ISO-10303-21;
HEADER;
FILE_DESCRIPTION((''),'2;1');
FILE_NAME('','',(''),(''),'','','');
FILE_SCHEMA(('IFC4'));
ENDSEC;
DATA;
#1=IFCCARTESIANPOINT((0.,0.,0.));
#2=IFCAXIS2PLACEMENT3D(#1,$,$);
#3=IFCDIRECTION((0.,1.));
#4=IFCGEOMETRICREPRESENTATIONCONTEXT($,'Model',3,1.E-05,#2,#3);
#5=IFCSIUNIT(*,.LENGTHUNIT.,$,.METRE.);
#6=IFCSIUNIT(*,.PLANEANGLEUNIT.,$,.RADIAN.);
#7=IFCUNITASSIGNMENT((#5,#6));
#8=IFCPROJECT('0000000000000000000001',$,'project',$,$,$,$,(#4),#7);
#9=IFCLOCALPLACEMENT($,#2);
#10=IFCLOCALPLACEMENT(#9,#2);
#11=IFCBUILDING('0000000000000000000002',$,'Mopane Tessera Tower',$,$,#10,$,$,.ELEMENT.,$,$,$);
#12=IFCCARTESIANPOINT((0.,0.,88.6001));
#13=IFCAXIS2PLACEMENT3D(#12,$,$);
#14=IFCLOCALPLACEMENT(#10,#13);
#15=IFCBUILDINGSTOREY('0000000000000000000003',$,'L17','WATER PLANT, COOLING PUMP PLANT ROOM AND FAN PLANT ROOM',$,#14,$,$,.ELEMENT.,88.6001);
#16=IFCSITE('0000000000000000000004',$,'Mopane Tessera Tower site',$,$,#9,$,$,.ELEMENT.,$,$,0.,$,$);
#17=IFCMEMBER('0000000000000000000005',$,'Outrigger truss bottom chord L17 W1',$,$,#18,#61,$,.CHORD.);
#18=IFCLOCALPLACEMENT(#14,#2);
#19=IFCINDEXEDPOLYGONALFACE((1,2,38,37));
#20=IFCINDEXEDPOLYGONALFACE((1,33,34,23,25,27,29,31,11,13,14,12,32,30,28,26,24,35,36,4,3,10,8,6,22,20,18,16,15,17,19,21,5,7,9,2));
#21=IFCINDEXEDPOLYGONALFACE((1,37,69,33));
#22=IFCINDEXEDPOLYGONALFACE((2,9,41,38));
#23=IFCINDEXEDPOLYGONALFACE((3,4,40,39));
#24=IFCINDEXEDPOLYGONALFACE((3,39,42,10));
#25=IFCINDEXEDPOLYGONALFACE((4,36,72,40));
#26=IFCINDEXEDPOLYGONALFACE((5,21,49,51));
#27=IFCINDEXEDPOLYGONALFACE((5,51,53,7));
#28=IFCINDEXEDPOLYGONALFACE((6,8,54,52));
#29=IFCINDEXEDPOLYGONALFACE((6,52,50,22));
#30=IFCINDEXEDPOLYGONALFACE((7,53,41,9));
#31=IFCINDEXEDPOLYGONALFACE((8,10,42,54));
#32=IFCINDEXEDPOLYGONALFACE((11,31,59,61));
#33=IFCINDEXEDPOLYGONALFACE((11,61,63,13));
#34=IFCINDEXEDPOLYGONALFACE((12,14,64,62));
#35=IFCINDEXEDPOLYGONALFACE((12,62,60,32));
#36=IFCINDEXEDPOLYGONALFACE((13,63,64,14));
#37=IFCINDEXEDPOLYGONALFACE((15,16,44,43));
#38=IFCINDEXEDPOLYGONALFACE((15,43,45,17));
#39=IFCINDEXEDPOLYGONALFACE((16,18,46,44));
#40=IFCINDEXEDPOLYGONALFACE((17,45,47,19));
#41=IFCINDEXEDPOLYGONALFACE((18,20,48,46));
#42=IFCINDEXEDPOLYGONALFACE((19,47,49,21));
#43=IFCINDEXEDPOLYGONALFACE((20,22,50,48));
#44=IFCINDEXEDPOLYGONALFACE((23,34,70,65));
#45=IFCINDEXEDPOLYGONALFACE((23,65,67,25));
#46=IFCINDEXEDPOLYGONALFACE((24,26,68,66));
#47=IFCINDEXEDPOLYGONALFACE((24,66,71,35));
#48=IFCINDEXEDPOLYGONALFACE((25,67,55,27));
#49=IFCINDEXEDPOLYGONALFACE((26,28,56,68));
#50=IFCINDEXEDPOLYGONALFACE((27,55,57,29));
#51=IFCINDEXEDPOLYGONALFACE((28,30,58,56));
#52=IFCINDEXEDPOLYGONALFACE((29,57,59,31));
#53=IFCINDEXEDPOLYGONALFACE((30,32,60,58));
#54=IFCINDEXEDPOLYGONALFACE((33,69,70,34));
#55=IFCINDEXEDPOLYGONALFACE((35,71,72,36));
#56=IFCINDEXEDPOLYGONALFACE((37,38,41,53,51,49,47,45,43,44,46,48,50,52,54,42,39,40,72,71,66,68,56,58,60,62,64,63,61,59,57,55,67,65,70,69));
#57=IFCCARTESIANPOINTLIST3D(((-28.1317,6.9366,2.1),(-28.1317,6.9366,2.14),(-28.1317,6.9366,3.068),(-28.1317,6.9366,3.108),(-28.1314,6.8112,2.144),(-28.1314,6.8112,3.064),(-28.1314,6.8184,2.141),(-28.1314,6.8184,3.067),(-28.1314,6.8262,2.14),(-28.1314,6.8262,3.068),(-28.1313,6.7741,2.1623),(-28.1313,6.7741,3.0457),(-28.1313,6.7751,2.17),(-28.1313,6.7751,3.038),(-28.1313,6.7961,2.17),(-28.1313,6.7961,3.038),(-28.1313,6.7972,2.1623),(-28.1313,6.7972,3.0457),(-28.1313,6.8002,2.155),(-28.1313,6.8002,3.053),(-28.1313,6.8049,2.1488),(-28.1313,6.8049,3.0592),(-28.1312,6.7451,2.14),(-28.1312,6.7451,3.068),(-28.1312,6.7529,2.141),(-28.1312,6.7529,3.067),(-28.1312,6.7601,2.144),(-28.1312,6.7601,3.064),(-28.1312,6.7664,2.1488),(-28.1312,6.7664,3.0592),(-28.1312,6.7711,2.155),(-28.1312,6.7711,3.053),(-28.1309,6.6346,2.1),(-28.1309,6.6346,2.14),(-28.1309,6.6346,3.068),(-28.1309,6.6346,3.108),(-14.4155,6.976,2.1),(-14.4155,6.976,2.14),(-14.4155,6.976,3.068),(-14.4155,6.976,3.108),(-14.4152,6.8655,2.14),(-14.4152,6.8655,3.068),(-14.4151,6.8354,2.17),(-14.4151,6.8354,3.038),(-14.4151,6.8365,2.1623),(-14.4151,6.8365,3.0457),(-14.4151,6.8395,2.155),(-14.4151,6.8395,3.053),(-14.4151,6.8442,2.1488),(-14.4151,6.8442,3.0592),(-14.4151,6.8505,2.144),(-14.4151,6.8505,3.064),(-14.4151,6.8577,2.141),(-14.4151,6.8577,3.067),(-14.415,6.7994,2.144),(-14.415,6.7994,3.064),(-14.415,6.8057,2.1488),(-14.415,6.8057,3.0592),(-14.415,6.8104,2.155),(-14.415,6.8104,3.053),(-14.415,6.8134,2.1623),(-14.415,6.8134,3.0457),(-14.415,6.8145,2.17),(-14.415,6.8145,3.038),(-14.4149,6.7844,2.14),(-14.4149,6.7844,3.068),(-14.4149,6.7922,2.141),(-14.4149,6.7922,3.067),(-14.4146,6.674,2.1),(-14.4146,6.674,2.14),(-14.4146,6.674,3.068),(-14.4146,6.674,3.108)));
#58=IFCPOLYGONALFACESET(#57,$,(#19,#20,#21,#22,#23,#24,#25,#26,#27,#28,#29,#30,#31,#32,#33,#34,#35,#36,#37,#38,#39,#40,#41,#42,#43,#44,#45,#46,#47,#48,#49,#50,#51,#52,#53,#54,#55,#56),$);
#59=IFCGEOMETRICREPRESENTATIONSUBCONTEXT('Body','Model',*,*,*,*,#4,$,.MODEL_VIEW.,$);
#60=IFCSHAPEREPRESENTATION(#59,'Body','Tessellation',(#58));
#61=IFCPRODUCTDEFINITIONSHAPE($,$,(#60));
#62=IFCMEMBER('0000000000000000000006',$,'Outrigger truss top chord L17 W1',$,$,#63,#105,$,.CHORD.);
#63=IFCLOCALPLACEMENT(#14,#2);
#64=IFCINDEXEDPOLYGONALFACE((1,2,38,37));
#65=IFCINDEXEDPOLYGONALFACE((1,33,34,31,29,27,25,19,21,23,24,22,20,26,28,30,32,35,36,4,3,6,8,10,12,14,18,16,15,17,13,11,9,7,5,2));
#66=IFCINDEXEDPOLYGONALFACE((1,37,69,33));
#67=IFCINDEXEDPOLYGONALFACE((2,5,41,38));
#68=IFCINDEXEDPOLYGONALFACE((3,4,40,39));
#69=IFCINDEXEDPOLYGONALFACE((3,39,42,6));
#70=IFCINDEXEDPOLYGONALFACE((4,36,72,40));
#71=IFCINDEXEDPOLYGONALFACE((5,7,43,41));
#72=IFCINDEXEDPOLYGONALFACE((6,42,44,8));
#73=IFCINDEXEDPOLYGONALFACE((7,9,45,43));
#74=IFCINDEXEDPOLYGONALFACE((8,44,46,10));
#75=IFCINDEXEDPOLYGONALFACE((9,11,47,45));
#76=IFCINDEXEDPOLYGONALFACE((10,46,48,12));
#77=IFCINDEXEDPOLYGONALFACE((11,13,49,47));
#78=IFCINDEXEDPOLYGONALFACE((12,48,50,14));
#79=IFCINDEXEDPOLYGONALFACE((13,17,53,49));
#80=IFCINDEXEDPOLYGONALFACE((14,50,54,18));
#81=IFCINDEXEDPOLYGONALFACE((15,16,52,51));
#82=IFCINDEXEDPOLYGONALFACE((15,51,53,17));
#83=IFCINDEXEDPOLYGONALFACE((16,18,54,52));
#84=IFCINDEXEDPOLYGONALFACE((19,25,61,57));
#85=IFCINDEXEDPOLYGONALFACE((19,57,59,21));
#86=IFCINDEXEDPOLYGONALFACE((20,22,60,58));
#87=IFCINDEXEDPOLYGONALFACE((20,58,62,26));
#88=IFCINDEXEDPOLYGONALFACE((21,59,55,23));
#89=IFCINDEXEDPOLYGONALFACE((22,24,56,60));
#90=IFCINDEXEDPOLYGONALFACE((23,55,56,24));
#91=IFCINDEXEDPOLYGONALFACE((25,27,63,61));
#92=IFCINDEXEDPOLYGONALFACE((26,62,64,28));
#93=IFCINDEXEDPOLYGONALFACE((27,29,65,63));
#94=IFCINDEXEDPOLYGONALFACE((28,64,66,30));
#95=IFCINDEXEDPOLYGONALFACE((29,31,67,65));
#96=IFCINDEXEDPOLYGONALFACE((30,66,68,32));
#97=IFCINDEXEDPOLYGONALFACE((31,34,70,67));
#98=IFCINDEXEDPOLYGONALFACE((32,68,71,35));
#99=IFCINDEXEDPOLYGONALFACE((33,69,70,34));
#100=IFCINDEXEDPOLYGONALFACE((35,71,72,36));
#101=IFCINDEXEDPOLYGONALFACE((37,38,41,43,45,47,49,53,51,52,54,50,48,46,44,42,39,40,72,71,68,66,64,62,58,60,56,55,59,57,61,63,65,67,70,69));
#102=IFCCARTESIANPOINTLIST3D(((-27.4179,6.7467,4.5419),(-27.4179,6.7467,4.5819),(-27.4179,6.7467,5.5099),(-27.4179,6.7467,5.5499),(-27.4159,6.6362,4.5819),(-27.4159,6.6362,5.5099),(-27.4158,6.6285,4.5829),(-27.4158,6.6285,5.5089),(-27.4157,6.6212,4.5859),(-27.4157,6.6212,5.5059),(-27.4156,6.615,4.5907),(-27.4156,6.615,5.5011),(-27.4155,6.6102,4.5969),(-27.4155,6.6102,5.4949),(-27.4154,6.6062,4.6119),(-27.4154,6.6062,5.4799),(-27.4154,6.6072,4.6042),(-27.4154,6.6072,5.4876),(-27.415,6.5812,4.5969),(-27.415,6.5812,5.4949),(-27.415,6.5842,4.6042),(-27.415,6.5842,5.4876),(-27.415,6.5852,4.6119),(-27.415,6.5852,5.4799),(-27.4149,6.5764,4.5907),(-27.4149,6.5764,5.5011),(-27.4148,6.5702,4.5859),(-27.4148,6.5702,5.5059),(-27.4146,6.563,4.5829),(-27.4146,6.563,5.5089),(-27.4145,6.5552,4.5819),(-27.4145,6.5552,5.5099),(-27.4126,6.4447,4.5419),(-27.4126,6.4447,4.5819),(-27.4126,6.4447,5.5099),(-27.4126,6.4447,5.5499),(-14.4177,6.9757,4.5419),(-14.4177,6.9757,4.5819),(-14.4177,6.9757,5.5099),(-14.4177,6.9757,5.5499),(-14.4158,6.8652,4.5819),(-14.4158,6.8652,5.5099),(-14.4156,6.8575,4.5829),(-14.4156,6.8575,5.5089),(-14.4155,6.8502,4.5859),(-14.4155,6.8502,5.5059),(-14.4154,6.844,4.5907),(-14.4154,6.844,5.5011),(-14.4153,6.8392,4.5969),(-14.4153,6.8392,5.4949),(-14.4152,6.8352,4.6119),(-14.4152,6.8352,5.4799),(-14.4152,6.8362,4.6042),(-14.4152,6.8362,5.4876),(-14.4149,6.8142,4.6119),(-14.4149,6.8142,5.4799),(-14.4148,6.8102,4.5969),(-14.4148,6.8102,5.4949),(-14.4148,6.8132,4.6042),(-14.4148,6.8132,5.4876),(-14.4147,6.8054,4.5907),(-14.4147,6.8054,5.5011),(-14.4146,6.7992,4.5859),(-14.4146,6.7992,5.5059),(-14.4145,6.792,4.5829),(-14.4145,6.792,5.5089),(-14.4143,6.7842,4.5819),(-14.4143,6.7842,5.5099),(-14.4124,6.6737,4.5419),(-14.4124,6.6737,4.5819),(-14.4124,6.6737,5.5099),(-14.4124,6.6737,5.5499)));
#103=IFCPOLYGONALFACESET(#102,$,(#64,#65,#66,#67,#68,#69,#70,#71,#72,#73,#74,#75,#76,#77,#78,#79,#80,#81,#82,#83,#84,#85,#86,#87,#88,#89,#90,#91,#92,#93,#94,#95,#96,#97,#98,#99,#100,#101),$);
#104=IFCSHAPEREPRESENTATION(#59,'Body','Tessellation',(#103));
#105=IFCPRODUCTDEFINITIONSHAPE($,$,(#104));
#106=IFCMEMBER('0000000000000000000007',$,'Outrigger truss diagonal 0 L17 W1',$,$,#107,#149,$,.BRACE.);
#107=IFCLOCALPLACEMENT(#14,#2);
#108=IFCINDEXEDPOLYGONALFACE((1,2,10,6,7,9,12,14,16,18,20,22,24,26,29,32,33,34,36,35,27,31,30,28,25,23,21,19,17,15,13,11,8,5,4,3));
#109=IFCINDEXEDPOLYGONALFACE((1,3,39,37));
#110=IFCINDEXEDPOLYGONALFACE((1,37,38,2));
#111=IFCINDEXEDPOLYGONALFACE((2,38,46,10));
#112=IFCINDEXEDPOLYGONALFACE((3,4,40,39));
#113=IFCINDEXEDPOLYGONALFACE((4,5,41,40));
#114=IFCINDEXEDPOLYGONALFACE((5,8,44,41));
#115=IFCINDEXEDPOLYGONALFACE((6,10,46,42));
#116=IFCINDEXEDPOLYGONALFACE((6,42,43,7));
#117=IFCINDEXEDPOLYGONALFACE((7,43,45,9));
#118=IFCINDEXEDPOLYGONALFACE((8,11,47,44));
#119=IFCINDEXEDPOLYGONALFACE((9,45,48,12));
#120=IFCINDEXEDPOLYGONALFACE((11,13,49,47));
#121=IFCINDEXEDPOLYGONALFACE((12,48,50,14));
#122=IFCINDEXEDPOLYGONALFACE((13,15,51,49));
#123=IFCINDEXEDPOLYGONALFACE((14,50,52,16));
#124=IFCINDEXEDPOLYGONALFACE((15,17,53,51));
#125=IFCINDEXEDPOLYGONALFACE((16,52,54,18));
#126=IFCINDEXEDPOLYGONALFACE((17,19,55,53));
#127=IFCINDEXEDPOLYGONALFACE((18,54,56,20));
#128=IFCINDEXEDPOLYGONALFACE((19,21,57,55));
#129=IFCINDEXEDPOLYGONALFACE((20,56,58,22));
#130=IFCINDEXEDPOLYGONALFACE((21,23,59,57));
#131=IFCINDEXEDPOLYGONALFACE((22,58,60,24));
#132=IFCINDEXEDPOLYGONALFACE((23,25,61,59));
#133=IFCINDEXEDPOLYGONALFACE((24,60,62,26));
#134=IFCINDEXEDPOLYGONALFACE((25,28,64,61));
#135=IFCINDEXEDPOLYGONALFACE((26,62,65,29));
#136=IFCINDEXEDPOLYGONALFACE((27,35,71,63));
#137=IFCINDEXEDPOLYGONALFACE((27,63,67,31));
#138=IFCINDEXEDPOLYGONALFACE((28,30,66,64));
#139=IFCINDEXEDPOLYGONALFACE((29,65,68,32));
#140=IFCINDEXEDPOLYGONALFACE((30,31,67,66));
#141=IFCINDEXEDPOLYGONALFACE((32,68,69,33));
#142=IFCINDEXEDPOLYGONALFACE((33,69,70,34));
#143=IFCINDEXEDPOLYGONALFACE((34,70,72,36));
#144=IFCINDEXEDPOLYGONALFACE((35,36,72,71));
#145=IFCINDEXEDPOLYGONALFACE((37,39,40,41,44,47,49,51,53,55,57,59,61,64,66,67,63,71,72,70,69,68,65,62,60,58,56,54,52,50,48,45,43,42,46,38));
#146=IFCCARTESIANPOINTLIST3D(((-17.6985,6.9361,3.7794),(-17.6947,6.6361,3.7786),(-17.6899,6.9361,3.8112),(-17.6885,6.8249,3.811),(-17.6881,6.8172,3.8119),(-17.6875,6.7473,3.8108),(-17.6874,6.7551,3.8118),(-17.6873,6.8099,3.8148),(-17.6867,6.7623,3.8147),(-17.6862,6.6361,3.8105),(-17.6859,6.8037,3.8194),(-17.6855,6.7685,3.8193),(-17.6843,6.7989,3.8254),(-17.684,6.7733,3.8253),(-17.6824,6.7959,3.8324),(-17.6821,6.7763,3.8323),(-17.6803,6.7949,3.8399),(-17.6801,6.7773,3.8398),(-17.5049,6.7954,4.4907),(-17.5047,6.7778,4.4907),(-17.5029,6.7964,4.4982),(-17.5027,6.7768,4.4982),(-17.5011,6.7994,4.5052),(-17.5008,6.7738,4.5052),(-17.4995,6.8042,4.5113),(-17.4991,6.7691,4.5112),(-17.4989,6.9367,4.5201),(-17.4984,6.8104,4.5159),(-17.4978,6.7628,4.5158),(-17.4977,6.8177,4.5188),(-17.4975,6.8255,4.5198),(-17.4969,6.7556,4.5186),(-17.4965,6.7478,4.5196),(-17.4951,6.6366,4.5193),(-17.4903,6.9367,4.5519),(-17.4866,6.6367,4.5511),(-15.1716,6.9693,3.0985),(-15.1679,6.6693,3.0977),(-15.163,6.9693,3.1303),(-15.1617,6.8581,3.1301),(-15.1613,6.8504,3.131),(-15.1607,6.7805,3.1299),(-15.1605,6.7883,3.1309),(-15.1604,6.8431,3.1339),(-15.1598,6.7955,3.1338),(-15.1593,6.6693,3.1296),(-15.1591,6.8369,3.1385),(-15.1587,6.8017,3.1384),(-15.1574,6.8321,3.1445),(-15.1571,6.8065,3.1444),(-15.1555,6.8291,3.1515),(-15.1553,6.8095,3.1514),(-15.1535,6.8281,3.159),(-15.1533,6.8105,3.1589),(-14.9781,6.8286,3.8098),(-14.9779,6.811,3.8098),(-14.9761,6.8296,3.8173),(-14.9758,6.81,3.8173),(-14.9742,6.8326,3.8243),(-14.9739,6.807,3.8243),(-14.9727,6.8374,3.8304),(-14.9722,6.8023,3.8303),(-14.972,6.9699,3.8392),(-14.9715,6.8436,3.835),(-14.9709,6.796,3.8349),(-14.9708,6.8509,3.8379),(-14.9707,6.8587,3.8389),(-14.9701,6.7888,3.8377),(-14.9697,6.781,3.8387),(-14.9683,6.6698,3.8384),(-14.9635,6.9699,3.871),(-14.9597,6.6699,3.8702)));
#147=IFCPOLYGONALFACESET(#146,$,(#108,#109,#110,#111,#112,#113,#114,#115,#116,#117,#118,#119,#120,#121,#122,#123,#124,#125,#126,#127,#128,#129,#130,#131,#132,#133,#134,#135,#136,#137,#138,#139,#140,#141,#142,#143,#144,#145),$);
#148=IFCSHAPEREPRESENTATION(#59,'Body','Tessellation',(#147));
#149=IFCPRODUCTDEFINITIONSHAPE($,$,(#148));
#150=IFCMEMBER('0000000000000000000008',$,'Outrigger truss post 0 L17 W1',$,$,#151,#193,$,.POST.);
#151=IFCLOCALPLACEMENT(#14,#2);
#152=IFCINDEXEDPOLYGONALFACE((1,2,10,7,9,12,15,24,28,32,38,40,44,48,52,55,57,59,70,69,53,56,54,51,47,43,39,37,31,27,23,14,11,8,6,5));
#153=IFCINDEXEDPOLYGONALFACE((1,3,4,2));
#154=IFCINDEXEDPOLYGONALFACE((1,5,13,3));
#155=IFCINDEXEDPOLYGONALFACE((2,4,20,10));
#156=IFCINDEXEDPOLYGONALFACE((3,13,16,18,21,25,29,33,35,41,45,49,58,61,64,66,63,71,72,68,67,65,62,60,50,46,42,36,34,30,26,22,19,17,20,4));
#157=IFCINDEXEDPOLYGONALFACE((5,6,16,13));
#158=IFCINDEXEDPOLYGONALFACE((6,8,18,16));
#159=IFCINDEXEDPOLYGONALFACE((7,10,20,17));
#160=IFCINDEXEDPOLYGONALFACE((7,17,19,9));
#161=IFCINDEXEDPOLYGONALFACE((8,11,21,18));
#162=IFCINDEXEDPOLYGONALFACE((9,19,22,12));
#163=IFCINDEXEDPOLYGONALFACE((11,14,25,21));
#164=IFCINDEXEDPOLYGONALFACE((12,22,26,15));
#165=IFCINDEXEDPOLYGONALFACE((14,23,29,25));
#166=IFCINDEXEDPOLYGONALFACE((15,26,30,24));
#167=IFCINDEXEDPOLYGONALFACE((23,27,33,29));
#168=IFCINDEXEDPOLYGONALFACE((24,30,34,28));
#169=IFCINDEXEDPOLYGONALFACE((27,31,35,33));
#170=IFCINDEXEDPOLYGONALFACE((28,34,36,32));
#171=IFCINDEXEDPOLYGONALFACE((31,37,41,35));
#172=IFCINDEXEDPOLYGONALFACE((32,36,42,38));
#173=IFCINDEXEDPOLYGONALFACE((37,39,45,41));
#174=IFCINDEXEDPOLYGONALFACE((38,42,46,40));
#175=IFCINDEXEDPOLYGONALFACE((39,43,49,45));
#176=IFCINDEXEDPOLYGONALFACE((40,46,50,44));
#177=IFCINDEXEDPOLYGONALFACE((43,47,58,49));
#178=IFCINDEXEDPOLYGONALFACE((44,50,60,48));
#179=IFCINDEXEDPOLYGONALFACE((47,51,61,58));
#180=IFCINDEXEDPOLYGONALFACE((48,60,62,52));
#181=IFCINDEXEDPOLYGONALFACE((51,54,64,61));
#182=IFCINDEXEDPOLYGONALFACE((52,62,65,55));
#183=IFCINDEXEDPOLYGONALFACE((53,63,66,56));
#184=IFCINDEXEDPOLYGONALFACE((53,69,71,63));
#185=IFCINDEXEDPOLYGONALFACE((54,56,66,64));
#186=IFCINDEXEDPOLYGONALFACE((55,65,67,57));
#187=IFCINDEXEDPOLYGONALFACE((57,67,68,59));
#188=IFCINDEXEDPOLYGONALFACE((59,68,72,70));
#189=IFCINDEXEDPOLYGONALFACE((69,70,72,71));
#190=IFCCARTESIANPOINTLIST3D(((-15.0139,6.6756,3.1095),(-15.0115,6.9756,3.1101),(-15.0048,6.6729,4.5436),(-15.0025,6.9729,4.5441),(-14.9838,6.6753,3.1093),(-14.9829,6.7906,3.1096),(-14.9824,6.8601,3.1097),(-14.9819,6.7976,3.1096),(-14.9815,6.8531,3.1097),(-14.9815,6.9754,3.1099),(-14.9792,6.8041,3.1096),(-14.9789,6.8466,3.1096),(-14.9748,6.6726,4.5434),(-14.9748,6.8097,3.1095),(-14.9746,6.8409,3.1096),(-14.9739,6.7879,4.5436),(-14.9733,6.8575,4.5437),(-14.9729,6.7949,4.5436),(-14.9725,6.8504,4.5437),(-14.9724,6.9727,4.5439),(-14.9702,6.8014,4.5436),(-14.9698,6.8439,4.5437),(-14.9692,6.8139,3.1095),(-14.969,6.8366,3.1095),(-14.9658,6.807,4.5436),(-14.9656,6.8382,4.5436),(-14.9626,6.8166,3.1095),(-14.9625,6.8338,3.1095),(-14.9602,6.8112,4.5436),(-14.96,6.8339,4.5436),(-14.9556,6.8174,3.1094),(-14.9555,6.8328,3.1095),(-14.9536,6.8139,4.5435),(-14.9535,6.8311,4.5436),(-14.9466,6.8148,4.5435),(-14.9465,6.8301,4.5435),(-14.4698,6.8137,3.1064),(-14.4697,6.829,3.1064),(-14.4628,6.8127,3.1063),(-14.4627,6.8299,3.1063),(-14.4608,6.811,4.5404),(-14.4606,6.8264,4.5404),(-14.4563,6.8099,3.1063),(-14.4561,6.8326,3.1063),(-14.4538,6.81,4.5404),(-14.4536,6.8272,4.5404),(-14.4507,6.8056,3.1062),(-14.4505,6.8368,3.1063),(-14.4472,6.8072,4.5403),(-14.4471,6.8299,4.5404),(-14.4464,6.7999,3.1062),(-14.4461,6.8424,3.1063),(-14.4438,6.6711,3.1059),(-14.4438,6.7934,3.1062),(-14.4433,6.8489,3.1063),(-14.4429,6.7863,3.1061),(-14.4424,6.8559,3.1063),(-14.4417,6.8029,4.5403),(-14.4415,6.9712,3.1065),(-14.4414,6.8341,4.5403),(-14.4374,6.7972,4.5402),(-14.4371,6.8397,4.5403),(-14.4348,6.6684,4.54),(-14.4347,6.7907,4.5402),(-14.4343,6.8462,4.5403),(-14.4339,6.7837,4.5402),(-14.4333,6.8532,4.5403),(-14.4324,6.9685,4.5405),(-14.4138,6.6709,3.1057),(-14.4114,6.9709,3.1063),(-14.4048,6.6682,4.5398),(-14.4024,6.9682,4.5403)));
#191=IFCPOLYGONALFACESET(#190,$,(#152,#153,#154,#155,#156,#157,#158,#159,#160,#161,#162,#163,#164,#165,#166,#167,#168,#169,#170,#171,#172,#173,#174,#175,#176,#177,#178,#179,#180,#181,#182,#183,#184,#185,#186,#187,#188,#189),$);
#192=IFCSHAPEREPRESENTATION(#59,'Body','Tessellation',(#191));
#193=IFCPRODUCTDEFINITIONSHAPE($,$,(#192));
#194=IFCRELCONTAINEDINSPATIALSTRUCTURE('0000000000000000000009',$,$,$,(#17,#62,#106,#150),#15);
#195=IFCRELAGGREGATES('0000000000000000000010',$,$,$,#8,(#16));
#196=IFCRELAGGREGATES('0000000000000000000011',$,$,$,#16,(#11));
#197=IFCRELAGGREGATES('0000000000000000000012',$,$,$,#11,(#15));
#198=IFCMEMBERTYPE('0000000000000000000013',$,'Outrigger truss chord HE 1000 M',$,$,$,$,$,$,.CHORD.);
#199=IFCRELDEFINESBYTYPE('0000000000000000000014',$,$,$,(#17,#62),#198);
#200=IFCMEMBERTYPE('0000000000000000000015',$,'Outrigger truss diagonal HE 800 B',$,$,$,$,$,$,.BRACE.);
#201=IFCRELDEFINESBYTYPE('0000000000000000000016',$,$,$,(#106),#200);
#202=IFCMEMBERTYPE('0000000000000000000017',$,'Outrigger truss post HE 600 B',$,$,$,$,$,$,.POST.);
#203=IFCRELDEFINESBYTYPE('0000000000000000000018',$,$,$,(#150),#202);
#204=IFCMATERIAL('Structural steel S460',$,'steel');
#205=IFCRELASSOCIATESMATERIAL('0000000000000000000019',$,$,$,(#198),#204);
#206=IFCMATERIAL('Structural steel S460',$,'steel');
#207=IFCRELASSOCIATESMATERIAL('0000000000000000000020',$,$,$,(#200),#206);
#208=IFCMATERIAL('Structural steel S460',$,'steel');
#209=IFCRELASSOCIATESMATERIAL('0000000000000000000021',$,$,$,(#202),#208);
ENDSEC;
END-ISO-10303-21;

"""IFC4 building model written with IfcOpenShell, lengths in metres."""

from ifc_helpers import new_model, si_unit, direction, frame, origin, origin_2d, place, context, subcontext, project, spatial, i_section, extrude, material, material_profile, profile_set, type_object, element, save


model = new_model("IFC4")

# Units and contexts
model_context = context("Model", 3, precision=1e-05, world=origin(), true_north=direction((0.0, 1.0)))
body_context = subcontext(model_context, "Body", "Model", "MODEL_VIEW")
ifc_project = project(units=[si_unit("LENGTHUNIT", "METRE"), si_unit("PLANEANGLEUNIT", "RADIAN")], contexts=[model_context])

# Site, building, storey
site_placement = place(None, origin())
site = spatial("IfcSite", under=ifc_project, at=site_placement, Name="Mopane Tessera Tower site", CompositionType="ELEMENT", RefElevation=0.0)
building_placement = place(site_placement, origin())
building = spatial("IfcBuilding", under=site, at=building_placement, Name="Mopane Tessera Tower", CompositionType="ELEMENT")
storey_placement = place(building_placement, frame((0.0, 0.0, 88.6001)))
storey = spatial("IfcBuildingStorey", under=building, at=storey_placement, Name="L17", Description="WATER PLANT, COOLING PUMP PLANT ROOM AND FAN PLANT ROOM", CompositionType="ELEMENT", Elevation=88.6001)

# Members
ifc_material_1 = material(Name="Structural steel S460", Category="steel")
ifc_material_profile_1 = material_profile(ifc_material_1, i_section(OverallWidth=0.302, OverallDepth=1.0081, WebThickness=0.021, FlangeThickness=0.04, FilletRadius=0.03, at=origin_2d()))
ifc_profile_set_1 = profile_set([ifc_material_profile_1], Name="Structural steel S460")
member_type_1 = type_object("IfcMemberType", Name="Outrigger truss chord HE 1000 M", PredefinedType="CHORD", material=ifc_profile_set_1)
member_1_placement = place(storey_placement, frame((-14.415, 6.825, 2.604), z_axis=(-0.999996, -0.002866, 0.0), x_axis=(0.002866, -0.999996, 0.0)))
element("IfcMember", 1, at=member_1_placement, inside=storey, type_object=member_type_1, Name="Outrigger truss bottom chord L17 W1", PredefinedType="CHORD", context=body_context, shape_type="SweptSolid", body=[
    extrude(i_section(OverallWidth=0.302, OverallDepth=1.0081, WebThickness=0.021, FlangeThickness=0.04, FilletRadius=0.03, at=origin_2d()), origin(), (0.0, 0.0, 1.0), 13.7163),
])
member_2_placement = place(storey_placement, frame((-14.415, 6.8247, 5.0459), z_axis=(-0.999845, -0.017613, 0.0), x_axis=(0.017613, -0.999845, 0.0)))
element("IfcMember", 2, at=member_2_placement, inside=storey, type_object=member_type_1, Name="Outrigger truss top chord L17 W1", PredefinedType="CHORD", context=body_context, shape_type="SweptSolid", body=[
    extrude(i_section(OverallWidth=0.302, OverallDepth=1.0081, WebThickness=0.021, FlangeThickness=0.04, FilletRadius=0.03, at=origin_2d()), origin(), (0.0, 0.0, 1.0), 13.0022),
])
ifc_material_2 = material(Name="Structural steel S460", Category="steel")
ifc_material_profile_2 = material_profile(ifc_material_2, i_section(OverallWidth=0.3, OverallDepth=0.8, WebThickness=0.0176, FlangeThickness=0.033, FilletRadius=0.03, at=origin_2d()))
ifc_profile_set_2 = profile_set([ifc_material_profile_2], Name="Structural steel S460")
member_type_2 = type_object("IfcMemberType", Name="Outrigger truss diagonal HE 800 B", PredefinedType="BRACE", material=ifc_profile_set_2)
member_3_placement = place(storey_placement, frame((-15.0657, 6.8196, 3.4844), z_axis=(-0.96548, -0.012687, 0.260167), x_axis=(0.012439, -0.999919, -0.002599)))
element("IfcMember", 3, at=member_3_placement, inside=storey, type_object=member_type_2, Name="Outrigger truss diagonal 0 L17 W1", PredefinedType="BRACE", context=body_context, shape_type="SweptSolid", body=[
    extrude(i_section(OverallWidth=0.3, OverallDepth=0.8, WebThickness=0.0176, FlangeThickness=0.033, FilletRadius=0.03, at=origin_2d()), origin(), (0.0, 0.0, 1.0), 2.6172),
])
ifc_material_3 = material(Name="Structural steel S460", Category="steel")
ifc_material_profile_3 = material_profile(ifc_material_3, i_section(OverallWidth=0.3, OverallDepth=0.6001, WebThickness=0.0154, FlangeThickness=0.03, FilletRadius=0.0271, at=origin_2d()))
ifc_profile_set_3 = profile_set([ifc_material_profile_3], Name="Structural steel S460")
member_type_3 = type_object("IfcMemberType", Name="Outrigger truss post HE 600 B", PredefinedType="POST", material=ifc_profile_set_3)
member_4_placement = place(storey_placement, frame((-14.7126, 6.8232, 3.1079), z_axis=(0.006299, -0.001873, 0.999978), x_axis=(-0.007818, -0.999968, -0.001823)))
element("IfcMember", 4, at=member_4_placement, inside=storey, type_object=member_type_3, Name="Outrigger truss post 0 L17 W1", PredefinedType="POST", context=body_context, shape_type="SweptSolid", body=[
    extrude(i_section(OverallWidth=0.3, OverallDepth=0.6001, WebThickness=0.0154, FlangeThickness=0.03, FilletRadius=0.0271, at=origin_2d()), origin(), (0.0, 0.0, 1.0), 1.4341),
])

save(model, "model.ifc")
